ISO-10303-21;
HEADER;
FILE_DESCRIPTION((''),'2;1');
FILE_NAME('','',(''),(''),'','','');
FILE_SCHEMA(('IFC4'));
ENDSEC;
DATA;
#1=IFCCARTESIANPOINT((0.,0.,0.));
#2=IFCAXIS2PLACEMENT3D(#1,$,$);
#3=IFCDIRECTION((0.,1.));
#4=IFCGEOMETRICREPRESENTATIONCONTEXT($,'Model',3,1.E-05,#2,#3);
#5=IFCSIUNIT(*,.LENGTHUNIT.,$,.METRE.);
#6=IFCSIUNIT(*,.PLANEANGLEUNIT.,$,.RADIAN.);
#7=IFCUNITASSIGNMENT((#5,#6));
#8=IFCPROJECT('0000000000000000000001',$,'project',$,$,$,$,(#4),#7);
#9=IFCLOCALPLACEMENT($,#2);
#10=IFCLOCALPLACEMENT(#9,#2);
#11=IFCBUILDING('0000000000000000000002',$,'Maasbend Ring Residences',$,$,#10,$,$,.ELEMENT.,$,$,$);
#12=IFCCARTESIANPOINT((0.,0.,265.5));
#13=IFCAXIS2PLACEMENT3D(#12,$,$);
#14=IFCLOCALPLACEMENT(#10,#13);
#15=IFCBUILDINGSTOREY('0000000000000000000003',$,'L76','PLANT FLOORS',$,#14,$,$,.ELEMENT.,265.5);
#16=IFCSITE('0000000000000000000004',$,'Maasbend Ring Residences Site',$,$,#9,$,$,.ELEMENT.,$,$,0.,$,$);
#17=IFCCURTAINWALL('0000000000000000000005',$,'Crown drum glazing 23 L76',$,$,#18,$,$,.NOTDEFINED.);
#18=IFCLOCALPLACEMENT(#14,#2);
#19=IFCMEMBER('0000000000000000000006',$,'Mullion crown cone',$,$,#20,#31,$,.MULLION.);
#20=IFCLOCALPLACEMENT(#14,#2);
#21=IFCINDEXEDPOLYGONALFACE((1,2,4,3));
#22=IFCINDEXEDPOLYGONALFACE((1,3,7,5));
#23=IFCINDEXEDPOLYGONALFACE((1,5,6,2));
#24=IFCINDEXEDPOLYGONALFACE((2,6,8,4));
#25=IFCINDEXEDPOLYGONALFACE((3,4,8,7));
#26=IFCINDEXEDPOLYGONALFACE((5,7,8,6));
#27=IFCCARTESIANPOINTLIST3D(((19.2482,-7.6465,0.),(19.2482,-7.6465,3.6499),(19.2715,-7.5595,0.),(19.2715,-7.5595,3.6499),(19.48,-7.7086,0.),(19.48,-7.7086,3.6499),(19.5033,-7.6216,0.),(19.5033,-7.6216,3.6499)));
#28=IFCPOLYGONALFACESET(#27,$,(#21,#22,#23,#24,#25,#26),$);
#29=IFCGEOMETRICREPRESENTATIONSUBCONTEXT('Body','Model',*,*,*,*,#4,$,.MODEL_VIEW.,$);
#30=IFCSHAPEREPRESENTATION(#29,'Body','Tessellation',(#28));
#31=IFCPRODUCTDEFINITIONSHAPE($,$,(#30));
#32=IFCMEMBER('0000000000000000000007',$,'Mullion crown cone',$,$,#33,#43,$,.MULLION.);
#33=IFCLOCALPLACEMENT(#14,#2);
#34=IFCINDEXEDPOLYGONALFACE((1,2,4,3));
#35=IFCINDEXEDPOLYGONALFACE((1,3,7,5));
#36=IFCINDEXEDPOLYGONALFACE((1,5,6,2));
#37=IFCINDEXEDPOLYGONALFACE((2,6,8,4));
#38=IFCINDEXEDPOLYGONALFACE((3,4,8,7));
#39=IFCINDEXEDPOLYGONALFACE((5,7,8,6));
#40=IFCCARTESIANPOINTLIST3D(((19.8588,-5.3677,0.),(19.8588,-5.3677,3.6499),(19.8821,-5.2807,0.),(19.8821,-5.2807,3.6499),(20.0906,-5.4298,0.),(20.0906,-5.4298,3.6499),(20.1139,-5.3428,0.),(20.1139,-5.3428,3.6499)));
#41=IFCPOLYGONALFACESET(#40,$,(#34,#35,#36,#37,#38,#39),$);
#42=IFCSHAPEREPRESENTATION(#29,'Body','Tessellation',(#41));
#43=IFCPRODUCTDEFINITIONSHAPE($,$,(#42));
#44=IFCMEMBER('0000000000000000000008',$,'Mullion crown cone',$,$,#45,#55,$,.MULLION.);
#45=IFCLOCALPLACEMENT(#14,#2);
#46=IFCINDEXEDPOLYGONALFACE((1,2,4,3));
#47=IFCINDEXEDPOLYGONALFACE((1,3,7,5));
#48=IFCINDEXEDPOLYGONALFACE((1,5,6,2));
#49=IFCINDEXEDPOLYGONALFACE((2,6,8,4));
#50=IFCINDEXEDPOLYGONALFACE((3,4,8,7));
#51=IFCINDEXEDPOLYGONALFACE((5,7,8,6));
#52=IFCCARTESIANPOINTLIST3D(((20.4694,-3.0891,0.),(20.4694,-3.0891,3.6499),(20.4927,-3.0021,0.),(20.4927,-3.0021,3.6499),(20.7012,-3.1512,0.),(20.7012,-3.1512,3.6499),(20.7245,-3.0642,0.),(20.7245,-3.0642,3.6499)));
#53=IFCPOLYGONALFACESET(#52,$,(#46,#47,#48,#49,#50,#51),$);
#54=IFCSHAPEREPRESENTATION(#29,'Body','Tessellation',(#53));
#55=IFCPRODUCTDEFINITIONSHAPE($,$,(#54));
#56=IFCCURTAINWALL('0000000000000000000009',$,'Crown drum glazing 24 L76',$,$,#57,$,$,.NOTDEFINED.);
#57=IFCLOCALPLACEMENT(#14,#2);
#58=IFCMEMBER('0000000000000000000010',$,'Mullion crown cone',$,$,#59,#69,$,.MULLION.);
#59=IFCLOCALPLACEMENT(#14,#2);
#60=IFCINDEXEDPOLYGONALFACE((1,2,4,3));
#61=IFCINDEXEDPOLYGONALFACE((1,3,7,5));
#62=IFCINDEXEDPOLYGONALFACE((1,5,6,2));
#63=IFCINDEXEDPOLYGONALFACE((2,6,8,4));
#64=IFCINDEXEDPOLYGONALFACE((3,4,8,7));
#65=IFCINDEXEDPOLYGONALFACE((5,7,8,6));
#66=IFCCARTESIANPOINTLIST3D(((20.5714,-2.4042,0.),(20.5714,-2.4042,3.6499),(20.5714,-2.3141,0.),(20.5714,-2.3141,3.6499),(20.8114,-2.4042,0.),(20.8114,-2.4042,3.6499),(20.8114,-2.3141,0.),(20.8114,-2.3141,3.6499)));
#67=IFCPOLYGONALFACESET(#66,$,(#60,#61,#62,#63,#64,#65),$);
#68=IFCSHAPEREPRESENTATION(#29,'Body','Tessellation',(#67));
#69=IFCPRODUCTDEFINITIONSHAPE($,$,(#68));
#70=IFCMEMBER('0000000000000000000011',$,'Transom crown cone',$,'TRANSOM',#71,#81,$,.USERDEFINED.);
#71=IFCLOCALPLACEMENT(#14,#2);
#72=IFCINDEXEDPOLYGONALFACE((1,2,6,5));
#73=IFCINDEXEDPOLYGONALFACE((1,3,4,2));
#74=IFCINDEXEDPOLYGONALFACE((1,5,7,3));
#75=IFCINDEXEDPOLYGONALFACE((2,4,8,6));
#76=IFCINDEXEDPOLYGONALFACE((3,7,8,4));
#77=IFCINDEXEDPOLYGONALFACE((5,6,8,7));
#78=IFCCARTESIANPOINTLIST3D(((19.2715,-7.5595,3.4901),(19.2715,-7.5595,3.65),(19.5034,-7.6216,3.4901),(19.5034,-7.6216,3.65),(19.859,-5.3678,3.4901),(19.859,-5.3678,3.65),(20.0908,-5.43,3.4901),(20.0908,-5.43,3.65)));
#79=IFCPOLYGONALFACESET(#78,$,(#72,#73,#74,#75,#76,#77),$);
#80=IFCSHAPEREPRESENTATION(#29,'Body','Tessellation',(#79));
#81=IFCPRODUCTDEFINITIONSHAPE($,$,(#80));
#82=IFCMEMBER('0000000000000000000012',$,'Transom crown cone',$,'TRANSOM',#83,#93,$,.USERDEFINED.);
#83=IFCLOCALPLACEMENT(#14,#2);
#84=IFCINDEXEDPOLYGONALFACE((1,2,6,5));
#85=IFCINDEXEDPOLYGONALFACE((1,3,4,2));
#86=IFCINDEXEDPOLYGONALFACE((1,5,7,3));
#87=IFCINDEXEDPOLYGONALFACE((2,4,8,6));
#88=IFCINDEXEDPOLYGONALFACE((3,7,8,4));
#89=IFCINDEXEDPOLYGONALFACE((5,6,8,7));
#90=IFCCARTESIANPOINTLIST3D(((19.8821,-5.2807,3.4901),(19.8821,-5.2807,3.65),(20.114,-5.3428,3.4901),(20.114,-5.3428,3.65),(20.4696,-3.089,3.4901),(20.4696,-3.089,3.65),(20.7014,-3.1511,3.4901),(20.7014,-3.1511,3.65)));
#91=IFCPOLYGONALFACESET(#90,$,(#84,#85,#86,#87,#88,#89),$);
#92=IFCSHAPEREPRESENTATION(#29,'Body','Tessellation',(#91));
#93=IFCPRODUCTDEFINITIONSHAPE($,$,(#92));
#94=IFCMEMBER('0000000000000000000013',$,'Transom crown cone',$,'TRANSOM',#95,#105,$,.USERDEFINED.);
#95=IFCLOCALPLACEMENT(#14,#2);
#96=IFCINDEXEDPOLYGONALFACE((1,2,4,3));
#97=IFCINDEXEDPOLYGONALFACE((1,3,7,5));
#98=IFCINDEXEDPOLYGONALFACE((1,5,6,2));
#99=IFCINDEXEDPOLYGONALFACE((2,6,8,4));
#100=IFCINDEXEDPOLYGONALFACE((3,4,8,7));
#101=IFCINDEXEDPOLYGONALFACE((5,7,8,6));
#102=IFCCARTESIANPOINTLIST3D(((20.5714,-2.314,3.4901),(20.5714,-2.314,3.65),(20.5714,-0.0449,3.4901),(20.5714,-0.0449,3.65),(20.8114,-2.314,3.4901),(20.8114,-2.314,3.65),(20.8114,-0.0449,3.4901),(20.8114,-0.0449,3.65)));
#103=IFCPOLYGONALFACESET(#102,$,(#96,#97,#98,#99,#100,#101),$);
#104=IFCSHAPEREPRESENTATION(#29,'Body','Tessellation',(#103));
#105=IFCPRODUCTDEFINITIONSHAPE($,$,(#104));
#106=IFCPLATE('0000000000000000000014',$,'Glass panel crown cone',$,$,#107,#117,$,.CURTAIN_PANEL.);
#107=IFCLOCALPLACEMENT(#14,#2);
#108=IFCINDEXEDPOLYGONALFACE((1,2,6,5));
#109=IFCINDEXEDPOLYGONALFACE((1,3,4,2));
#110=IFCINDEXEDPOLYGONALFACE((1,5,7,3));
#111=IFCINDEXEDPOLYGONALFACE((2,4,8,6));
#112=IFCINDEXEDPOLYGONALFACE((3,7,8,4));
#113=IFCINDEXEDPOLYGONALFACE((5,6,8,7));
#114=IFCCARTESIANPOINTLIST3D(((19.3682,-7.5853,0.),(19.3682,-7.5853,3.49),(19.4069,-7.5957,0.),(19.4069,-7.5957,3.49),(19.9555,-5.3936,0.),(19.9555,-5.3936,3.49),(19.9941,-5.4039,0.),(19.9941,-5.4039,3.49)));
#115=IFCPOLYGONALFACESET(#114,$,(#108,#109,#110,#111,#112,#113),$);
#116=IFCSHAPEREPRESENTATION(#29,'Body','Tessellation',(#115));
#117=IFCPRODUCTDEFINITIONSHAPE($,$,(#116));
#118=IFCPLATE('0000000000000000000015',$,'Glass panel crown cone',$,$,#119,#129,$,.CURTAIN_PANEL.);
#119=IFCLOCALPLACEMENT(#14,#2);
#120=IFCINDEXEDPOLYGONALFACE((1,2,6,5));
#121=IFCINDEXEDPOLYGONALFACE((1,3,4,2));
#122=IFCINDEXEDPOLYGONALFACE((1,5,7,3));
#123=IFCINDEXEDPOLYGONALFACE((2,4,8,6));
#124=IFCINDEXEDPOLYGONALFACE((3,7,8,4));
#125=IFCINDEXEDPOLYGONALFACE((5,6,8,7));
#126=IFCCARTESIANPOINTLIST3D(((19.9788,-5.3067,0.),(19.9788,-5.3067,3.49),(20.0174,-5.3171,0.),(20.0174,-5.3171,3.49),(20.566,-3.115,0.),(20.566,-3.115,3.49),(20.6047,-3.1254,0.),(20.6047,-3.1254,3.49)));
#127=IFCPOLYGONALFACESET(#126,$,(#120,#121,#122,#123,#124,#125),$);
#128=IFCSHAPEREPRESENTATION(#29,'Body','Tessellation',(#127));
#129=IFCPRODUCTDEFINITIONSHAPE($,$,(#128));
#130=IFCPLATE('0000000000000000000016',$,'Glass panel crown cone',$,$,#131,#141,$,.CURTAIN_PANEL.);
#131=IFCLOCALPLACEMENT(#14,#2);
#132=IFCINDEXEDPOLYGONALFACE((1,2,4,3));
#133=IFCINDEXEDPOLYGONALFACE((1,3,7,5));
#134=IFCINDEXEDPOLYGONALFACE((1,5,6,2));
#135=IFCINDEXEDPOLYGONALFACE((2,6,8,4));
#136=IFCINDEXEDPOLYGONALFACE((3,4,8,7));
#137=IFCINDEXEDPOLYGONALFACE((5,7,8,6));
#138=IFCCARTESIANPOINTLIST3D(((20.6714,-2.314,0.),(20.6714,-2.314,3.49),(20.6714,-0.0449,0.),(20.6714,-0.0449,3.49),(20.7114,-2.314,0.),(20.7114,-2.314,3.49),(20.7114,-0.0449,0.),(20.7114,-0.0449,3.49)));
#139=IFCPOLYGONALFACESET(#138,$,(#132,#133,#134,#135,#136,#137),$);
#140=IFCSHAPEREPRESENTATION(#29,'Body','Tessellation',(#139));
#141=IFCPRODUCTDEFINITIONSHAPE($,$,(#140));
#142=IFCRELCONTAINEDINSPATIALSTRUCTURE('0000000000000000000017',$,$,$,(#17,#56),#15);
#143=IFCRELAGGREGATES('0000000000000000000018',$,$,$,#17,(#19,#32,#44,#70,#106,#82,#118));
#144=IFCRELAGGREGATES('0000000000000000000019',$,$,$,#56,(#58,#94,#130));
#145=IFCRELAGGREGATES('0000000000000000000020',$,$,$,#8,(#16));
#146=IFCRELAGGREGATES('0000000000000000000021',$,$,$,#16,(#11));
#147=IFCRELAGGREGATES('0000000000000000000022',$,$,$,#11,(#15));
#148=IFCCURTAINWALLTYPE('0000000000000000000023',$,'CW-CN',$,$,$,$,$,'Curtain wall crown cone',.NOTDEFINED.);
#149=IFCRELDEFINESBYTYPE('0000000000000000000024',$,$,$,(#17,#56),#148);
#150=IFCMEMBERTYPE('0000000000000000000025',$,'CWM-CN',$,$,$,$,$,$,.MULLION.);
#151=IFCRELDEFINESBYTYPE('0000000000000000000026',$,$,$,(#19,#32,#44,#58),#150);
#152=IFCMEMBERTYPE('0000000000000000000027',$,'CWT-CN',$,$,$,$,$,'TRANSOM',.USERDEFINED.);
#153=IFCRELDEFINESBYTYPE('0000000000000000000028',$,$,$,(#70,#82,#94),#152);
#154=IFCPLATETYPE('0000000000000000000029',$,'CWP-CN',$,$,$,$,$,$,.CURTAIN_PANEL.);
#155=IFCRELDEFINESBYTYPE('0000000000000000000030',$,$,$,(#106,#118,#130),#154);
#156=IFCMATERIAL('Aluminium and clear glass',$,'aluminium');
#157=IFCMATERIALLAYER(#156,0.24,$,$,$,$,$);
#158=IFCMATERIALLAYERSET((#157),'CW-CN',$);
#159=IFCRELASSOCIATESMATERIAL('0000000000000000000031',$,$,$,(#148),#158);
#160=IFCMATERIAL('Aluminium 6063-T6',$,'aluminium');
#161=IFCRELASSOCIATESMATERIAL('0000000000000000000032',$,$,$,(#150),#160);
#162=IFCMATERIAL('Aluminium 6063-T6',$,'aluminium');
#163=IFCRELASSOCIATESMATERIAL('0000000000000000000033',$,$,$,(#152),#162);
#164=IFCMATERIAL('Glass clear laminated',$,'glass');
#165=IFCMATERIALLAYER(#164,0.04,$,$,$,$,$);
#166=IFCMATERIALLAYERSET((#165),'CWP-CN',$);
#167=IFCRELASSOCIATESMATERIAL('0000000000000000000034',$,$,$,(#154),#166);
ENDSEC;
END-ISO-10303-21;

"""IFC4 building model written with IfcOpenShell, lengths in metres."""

from ifc_helpers import new_model, si_unit, direction, frame, origin, origin_2d, place, context, subcontext, project, spatial, rectangle, extrude, material, layer, layer_set, material_profile, profile_set, type_object, element, aggregate, save


model = new_model("IFC4")

# Units and contexts
model_context = context("Model", 3, precision=1e-05, world=origin(), true_north=direction((0.0, 1.0)))
body_context = subcontext(model_context, "Body", "Model", "MODEL_VIEW")
ifc_project = project(units=[si_unit("LENGTHUNIT", "METRE"), si_unit("PLANEANGLEUNIT", "RADIAN")], contexts=[model_context])

# Site, building, storey
site_placement = place(None, origin())
site = spatial("IfcSite", under=ifc_project, at=site_placement, Name="Maasbend Ring Residences Site", CompositionType="ELEMENT", RefElevation=0.0)
building_placement = place(site_placement, origin())
building = spatial("IfcBuilding", under=site, at=building_placement, Name="Maasbend Ring Residences", CompositionType="ELEMENT")
storey_placement = place(building_placement, frame((0.0, 0.0, 265.5)))
storey = spatial("IfcBuildingStorey", under=building, at=storey_placement, Name="L76", Description="PLANT FLOORS", CompositionType="ELEMENT", Elevation=265.5)

# Curtain wall, members
ifc_material_1 = material(Name="Aluminium and clear glass", Category="aluminium")
ifc_layer_1 = layer(ifc_material_1, 0.24)
ifc_layer_set_1 = layer_set([ifc_layer_1], Name="CW-CN")
curtain_wall_type = type_object("IfcCurtainWallType", Name="CW-CN", ElementType="Curtain wall crown cone", PredefinedType="NOTDEFINED", material=ifc_layer_set_1)
curtain_wall_1_placement = place(storey_placement, origin())
curtain_wall_1 = element("IfcCurtainWall", 1, at=curtain_wall_1_placement, inside=storey, type_object=curtain_wall_type, Name="Crown drum glazing 23 L76", PredefinedType="NOTDEFINED")
ifc_material_2 = material(Name="Aluminium 6063-T6", Category="aluminium")
ifc_material_profile_1 = material_profile(ifc_material_2, rectangle(XDim=0.24, YDim=0.0901, at=origin_2d()), Name="AL 240x90")
ifc_profile_set_1 = profile_set([ifc_material_profile_1], Name="Aluminium 6063-T6")
member_type_1 = type_object("IfcMemberType", Name="CWM-CN", PredefinedType="MULLION", material=ifc_profile_set_1)
member_1_placement = place(storey_placement, frame((19.3757, -7.634, 0.0), z_axis=(0.0, 0.0, 1.0), x_axis=(-0.965926, 0.258819, 0.0)))
member_1 = element("IfcMember", 2, at=member_1_placement, type_object=member_type_1, Name="Mullion crown cone", PredefinedType="MULLION", context=body_context, shape_type="SweptSolid", body=[
    extrude(rectangle(XDim=0.24, YDim=0.0901, at=origin_2d()), origin(), (0.0, 0.0, 1.0), 3.6499),
])
member_2_placement = place(storey_placement, frame((19.9863, -5.3552, 0.0), z_axis=(0.0, 0.0, 1.0), x_axis=(-0.965926, 0.258819, 0.0)))
member_2 = element("IfcMember", 3, at=member_2_placement, type_object=member_type_1, Name="Mullion crown cone", PredefinedType="MULLION", context=body_context, shape_type="SweptSolid", body=[
    extrude(rectangle(XDim=0.24, YDim=0.0901, at=origin_2d()), origin(), (0.0, 0.0, 1.0), 3.6499),
])
member_3_placement = place(storey_placement, frame((20.5969, -3.0767, 0.0), z_axis=(0.0, 0.0, 1.0), x_axis=(-0.965926, 0.258819, 0.0)))
member_3 = element("IfcMember", 4, at=member_3_placement, type_object=member_type_1, Name="Mullion crown cone", PredefinedType="MULLION", context=body_context, shape_type="SweptSolid", body=[
    extrude(rectangle(XDim=0.24, YDim=0.0901, at=origin_2d()), origin(), (0.0, 0.0, 1.0), 3.6499),
])

# Curtain wall, member
curtain_wall_2_placement = place(storey_placement, origin())
curtain_wall_2 = element("IfcCurtainWall", 5, at=curtain_wall_2_placement, inside=storey, type_object=curtain_wall_type, Name="Crown drum glazing 24 L76", PredefinedType="NOTDEFINED")
member_4_placement = place(storey_placement, frame((20.6914, -2.3591, 0.0), z_axis=(0.0, 0.0, 1.0), x_axis=(-1.0, 0.0, 0.0)))
member_4 = element("IfcMember", 6, at=member_4_placement, type_object=member_type_1, Name="Mullion crown cone", PredefinedType="MULLION", context=body_context, shape_type="SweptSolid", body=[
    extrude(rectangle(XDim=0.24, YDim=0.0901, at=origin_2d()), origin(), (0.0, 0.0, 1.0), 3.6499),
])

# Members
ifc_material_3 = material(Name="Aluminium 6063-T6", Category="aluminium")
ifc_material_profile_2 = material_profile(ifc_material_3, rectangle(XDim=0.24, YDim=0.1599, at=origin_2d()), Name="AL 240x160")
ifc_profile_set_2 = profile_set([ifc_material_profile_2], Name="Aluminium 6063-T6")
member_type_2 = type_object("IfcMemberType", Name="CWT-CN", ElementType="TRANSOM", PredefinedType="USERDEFINED", material=ifc_profile_set_2)
member_5_placement = place(storey_placement, frame((19.3875, -7.5906, 3.5701), z_axis=(0.258881, 0.965909, 0.0), x_axis=(-0.965909, 0.258881, 0.0)))
member_5 = element("IfcMember", 7, at=member_5_placement, type_object=member_type_2, Name="Transom crown cone", ObjectType="TRANSOM", PredefinedType="USERDEFINED", context=body_context, shape_type="SweptSolid", body=[
    extrude(rectangle(XDim=0.24, YDim=0.1599, at=origin_2d()), origin(), (0.0, 0.0, 1.0), 2.269),
])
member_6_placement = place(storey_placement, frame((19.998, -5.3118, 3.5701), z_axis=(0.258881, 0.965909, 0.0), x_axis=(-0.965909, 0.258881, 0.0)))
member_6 = element("IfcMember", 8, at=member_6_placement, type_object=member_type_2, Name="Transom crown cone", ObjectType="TRANSOM", PredefinedType="USERDEFINED", context=body_context, shape_type="SweptSolid", body=[
    extrude(rectangle(XDim=0.24, YDim=0.1599, at=origin_2d()), origin(), (0.0, 0.0, 1.0), 2.269),
])
member_7_placement = place(storey_placement, frame((20.6914, -2.314, 3.5701), z_axis=(0.0, 1.0, 0.0), x_axis=(-1.0, 0.0, 0.0)))
member_7 = element("IfcMember", 9, at=member_7_placement, type_object=member_type_2, Name="Transom crown cone", ObjectType="TRANSOM", PredefinedType="USERDEFINED", context=body_context, shape_type="SweptSolid", body=[
    extrude(rectangle(XDim=0.24, YDim=0.1599, at=origin_2d()), origin(), (0.0, 0.0, 1.0), 2.269),
])

# Plates
ifc_material_4 = material(Name="Glass clear laminated", Category="glass")
ifc_layer_2 = layer(ifc_material_4, 0.04)
ifc_layer_set_2 = layer_set([ifc_layer_2], Name="CWP-CN")
plate_type = type_object("IfcPlateType", Name="CWP-CN", PredefinedType="CURTAIN_PANEL", material=ifc_layer_set_2)
plate_1_placement = place(storey_placement, frame((19.6812, -6.4946, 0.0), z_axis=(0.0, 0.0, 1.0), x_axis=(0.258819, 0.965926, 0.0)))
plate_1 = element("IfcPlate", 10, at=plate_1_placement, type_object=plate_type, Name="Glass panel crown cone", PredefinedType="CURTAIN_PANEL", context=body_context, shape_type="SweptSolid", body=[
    extrude(rectangle(XDim=2.269, YDim=0.04, at=origin_2d()), origin(), (0.0, 0.0, 1.0), 3.49),
])
plate_2_placement = place(storey_placement, frame((20.2917, -4.2161, 0.0), z_axis=(0.0, 0.0, 1.0), x_axis=(0.258819, 0.965926, 0.0)))
plate_2 = element("IfcPlate", 11, at=plate_2_placement, type_object=plate_type, Name="Glass panel crown cone", PredefinedType="CURTAIN_PANEL", context=body_context, shape_type="SweptSolid", body=[
    extrude(rectangle(XDim=2.269, YDim=0.04, at=origin_2d()), origin(), (0.0, 0.0, 1.0), 3.49),
])
aggregate(curtain_wall_1, [member_1, member_2, member_3, member_5, plate_1, member_6, plate_2])
plate_3_placement = place(storey_placement, frame((20.6914, -1.1794, 0.0), z_axis=(0.0, 0.0, 1.0), x_axis=(0.0, 1.0, 0.0)))
plate_3 = element("IfcPlate", 12, at=plate_3_placement, type_object=plate_type, Name="Glass panel crown cone", PredefinedType="CURTAIN_PANEL", context=body_context, shape_type="SweptSolid", body=[
    extrude(rectangle(XDim=2.269, YDim=0.04, at=origin_2d()), origin(), (0.0, 0.0, 1.0), 3.49),
])
aggregate(curtain_wall_2, [member_4, member_7, plate_3])

save(model, "model.ifc")
